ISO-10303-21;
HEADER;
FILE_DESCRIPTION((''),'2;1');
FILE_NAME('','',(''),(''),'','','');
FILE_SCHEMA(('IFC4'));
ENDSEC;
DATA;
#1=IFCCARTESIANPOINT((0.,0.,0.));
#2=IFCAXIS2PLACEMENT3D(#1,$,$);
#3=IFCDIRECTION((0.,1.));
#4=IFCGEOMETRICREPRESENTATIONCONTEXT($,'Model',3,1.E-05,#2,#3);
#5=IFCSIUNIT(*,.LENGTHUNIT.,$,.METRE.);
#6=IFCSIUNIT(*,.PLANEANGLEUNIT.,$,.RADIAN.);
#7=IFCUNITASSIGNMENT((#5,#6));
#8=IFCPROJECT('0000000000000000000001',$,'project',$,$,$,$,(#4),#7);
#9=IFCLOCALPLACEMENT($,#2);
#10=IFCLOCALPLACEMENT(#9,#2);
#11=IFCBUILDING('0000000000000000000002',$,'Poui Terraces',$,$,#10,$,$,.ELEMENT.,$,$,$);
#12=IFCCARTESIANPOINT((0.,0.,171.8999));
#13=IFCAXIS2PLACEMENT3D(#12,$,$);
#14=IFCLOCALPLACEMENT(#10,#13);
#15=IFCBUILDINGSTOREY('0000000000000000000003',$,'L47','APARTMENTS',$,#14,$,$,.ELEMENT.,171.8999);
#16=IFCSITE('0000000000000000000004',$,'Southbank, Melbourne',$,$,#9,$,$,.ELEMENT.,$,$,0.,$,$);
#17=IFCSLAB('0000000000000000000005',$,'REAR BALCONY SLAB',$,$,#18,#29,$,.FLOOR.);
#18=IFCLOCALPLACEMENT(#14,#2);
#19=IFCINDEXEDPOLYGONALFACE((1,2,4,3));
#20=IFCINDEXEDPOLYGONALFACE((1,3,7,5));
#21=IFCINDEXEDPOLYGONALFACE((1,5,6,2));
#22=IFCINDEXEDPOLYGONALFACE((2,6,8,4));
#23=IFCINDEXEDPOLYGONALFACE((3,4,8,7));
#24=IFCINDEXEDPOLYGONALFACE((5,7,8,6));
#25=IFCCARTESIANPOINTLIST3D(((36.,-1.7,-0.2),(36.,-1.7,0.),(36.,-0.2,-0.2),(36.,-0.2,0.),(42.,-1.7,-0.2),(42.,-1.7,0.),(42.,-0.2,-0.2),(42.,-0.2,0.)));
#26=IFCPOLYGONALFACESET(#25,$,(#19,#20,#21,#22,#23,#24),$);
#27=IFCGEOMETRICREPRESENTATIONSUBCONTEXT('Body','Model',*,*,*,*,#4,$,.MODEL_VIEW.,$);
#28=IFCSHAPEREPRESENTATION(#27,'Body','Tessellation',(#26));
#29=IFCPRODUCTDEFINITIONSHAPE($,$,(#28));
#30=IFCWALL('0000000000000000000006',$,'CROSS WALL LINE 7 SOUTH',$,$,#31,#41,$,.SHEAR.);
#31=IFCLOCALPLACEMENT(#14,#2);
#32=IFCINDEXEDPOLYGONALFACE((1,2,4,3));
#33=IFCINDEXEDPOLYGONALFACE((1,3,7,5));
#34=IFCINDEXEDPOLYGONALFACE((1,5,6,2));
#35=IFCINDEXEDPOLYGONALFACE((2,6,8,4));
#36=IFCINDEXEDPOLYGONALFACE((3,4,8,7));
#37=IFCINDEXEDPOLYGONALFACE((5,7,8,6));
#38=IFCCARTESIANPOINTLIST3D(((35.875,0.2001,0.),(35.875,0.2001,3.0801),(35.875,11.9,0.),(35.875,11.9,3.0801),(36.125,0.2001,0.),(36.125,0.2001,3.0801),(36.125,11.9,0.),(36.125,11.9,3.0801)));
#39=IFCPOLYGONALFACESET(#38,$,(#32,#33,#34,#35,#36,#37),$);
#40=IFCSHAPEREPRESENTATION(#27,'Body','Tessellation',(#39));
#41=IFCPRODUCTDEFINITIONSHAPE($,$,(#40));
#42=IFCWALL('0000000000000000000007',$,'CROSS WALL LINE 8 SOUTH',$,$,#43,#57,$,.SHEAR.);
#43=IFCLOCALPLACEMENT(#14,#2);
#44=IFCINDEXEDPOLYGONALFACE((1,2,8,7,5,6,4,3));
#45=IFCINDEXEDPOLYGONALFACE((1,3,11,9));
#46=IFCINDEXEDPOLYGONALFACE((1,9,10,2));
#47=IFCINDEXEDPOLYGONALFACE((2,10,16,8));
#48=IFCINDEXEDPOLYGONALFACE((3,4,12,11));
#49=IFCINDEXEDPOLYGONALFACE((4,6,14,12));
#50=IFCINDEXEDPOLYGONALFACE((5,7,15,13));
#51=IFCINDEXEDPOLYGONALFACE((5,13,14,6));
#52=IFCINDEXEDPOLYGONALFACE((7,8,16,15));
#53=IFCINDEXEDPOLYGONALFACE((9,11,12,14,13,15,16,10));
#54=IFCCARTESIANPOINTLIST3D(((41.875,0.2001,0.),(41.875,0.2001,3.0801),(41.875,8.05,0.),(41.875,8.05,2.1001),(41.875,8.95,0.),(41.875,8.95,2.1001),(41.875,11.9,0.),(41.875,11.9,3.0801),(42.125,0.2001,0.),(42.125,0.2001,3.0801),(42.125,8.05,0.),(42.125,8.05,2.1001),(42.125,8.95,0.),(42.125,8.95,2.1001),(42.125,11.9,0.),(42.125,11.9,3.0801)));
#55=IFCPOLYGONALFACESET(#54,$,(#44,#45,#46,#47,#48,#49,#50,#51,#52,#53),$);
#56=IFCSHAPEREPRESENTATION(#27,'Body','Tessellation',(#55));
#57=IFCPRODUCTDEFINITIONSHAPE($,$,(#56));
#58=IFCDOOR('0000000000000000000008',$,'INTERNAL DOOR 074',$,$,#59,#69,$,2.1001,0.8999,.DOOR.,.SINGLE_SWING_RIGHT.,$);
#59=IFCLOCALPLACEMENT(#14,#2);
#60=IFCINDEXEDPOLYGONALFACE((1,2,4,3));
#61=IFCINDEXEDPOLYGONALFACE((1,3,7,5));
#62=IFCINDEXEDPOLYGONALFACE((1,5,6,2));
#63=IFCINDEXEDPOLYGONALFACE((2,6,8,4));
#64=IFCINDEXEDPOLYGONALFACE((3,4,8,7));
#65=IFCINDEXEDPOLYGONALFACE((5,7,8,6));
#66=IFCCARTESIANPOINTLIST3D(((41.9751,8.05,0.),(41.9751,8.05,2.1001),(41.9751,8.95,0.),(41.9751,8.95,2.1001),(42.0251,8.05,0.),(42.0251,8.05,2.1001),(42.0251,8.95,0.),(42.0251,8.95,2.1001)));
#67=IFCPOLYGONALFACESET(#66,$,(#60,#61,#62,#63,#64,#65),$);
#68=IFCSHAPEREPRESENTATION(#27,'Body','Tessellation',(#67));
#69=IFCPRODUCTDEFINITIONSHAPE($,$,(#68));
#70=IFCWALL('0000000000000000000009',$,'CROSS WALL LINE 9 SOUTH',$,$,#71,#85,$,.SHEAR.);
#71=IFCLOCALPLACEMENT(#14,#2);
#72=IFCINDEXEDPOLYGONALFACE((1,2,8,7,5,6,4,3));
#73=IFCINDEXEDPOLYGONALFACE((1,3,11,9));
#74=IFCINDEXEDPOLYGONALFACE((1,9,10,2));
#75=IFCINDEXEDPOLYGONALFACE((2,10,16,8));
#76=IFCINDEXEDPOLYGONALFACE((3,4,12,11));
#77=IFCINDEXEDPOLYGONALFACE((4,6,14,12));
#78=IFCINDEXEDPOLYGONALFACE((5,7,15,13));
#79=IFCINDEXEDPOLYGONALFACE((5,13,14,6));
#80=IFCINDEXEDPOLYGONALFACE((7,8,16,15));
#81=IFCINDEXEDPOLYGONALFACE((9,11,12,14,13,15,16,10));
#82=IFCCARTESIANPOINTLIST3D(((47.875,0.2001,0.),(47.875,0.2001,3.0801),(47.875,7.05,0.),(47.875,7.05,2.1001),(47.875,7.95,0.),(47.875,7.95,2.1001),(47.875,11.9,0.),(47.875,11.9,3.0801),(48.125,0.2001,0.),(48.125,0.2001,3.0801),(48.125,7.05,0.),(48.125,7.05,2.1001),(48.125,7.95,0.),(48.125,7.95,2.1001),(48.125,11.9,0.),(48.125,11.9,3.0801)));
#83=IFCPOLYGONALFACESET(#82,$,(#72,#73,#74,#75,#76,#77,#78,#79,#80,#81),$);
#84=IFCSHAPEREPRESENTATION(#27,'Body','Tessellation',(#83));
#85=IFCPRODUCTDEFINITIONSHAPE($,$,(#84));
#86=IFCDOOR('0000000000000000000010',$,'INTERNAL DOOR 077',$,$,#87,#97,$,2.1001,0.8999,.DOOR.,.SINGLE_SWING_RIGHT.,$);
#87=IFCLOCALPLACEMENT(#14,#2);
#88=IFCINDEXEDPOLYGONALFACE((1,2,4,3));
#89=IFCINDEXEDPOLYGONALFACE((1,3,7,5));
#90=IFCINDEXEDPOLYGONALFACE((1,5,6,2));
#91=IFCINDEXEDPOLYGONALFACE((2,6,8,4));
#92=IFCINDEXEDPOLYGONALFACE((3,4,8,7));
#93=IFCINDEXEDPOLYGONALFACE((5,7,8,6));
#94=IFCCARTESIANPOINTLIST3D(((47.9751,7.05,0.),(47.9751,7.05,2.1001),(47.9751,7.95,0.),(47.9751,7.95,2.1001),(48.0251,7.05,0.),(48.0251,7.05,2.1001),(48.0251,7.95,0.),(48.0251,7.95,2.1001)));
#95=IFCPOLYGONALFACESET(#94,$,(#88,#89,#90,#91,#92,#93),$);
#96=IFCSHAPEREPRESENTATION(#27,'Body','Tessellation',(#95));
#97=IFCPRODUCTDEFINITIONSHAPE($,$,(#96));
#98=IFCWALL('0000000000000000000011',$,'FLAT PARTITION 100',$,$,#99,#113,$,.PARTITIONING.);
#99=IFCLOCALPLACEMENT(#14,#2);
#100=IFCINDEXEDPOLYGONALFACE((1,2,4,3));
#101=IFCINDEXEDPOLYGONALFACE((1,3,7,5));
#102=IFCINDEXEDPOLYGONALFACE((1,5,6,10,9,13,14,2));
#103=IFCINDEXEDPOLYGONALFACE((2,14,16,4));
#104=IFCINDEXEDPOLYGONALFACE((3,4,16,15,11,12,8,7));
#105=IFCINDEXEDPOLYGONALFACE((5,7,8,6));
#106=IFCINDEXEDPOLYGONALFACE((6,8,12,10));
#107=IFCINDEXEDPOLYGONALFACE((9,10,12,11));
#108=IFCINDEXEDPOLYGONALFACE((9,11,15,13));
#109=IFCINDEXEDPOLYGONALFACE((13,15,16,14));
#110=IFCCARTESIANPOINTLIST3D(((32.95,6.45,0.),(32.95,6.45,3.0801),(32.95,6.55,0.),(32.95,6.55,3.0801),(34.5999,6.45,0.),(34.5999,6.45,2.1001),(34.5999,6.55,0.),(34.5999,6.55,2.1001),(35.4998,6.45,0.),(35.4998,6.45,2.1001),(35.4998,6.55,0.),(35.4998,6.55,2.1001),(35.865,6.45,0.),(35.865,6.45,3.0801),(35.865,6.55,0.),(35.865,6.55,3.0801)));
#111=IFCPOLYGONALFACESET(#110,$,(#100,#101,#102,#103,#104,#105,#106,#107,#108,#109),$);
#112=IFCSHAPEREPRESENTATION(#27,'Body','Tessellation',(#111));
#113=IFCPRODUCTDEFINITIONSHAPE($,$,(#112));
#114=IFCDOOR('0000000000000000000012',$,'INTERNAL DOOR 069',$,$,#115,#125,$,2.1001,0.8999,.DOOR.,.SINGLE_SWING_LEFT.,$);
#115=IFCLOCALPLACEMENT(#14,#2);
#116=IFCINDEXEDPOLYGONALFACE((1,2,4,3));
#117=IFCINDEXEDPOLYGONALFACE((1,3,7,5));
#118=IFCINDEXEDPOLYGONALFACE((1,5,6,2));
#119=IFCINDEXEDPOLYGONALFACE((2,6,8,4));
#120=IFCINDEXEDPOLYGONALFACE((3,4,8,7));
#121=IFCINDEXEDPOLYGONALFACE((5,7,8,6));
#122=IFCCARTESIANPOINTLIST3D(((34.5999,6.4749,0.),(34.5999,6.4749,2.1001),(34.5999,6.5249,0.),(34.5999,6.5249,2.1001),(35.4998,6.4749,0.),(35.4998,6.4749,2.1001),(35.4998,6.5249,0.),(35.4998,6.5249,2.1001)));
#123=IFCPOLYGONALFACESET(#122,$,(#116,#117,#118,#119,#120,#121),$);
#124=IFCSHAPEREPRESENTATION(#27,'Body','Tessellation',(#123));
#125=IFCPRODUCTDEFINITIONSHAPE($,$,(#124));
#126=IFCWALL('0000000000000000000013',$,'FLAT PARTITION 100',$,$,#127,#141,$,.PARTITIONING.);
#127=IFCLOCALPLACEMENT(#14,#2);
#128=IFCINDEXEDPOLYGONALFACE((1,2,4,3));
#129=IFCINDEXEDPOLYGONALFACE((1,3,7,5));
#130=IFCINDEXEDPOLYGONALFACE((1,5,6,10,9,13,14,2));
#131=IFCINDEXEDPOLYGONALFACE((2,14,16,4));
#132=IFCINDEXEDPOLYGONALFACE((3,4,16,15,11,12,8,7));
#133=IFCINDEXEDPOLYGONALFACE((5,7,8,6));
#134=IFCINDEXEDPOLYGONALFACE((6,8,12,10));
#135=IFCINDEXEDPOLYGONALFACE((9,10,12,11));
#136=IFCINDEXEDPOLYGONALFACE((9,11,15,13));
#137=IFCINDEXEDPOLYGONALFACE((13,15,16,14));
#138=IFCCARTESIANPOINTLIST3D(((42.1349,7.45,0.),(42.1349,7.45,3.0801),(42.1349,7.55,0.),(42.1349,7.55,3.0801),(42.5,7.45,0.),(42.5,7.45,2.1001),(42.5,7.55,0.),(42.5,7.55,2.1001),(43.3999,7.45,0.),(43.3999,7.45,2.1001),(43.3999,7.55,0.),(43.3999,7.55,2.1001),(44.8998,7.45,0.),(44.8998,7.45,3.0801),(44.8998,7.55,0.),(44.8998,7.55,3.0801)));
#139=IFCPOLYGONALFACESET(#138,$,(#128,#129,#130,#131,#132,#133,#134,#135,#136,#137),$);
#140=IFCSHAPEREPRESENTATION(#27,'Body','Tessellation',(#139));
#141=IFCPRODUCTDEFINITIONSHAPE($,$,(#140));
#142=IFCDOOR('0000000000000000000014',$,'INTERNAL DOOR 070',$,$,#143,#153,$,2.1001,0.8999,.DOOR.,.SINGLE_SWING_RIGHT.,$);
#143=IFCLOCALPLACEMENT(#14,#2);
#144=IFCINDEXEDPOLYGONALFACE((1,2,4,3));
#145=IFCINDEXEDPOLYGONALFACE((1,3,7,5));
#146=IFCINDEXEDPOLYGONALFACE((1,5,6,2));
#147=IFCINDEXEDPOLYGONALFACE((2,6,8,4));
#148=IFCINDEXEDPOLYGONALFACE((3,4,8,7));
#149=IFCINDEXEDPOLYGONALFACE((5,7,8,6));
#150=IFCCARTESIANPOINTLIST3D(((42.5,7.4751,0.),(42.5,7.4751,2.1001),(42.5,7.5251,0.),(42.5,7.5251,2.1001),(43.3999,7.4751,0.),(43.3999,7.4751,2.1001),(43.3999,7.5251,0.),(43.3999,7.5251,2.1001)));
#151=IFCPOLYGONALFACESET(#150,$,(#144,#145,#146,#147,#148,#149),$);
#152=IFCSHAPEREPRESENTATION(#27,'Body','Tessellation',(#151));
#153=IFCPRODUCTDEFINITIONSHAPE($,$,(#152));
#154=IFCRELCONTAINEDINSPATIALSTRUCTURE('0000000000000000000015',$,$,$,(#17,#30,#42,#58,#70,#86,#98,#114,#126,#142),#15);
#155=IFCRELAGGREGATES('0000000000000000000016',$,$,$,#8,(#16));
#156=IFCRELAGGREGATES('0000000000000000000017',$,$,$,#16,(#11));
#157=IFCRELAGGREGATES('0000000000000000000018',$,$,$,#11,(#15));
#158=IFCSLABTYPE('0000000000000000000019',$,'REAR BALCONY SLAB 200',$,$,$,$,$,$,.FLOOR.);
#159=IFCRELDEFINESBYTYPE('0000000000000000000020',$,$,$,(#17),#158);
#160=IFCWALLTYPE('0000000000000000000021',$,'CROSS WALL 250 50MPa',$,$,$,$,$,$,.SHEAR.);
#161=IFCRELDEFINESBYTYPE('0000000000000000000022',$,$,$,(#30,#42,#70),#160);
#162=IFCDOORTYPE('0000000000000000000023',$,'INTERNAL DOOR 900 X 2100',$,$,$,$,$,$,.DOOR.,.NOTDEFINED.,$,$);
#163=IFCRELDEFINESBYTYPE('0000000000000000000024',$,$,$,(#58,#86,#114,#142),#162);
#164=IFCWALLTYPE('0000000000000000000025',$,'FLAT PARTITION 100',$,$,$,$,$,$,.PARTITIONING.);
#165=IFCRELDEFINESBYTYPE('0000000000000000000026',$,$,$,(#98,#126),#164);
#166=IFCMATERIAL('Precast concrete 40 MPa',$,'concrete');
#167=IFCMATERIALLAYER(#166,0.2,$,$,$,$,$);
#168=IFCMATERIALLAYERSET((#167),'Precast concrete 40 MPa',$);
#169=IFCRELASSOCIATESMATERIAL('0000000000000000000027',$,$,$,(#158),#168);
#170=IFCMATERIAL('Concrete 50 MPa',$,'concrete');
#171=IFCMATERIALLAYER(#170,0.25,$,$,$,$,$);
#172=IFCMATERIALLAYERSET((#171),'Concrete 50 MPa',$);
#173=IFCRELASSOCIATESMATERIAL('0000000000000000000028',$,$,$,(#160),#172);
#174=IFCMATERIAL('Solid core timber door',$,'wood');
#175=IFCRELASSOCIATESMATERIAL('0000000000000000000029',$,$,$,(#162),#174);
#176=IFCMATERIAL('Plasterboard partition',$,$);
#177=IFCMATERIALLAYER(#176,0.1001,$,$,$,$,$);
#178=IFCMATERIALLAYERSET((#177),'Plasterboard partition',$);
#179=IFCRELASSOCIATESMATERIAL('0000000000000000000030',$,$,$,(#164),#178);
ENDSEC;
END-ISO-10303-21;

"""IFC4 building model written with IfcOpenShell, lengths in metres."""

from ifc_helpers import new_model, si_unit, direction, frame, frame_2d, origin, place, context, subcontext, project, spatial, polyline, rectangle, outline, extrude, source, transform, mapped, material, layer, layer_set, type_object, element, fill, save


model = new_model("IFC4")

# Units and contexts
model_context = context("Model", 3, precision=1e-05, world=origin(), true_north=direction((0.0, 1.0)))
body_context = subcontext(model_context, "Body", "Model", "MODEL_VIEW")
ifc_project = project(units=[si_unit("LENGTHUNIT", "METRE"), si_unit("PLANEANGLEUNIT", "RADIAN")], contexts=[model_context])

# Site, building, storey
site_placement = place(None, origin())
site = spatial("IfcSite", under=ifc_project, at=site_placement, Name="Southbank, Melbourne", CompositionType="ELEMENT", RefElevation=0.0)
building_placement = place(site_placement, origin())
building = spatial("IfcBuilding", under=site, at=building_placement, Name="Poui Terraces", CompositionType="ELEMENT")
storey_placement = place(building_placement, frame((0.0, 0.0, 171.8999)))
storey = spatial("IfcBuildingStorey", under=building, at=storey_placement, Name="L47", Description="APARTMENTS", CompositionType="ELEMENT", Elevation=171.8999)

# Slab
ifc_material_1 = material(Name="Precast concrete 40 MPa", Category="concrete")
ifc_layer_1 = layer(ifc_material_1, 0.2)
ifc_layer_set_1 = layer_set([ifc_layer_1], Name="Precast concrete 40 MPa")
slab_type = type_object("IfcSlabType", Name="REAR BALCONY SLAB 200", PredefinedType="FLOOR", material=ifc_layer_set_1)
shared_shape_1 = source(origin(), body_context, "Body", "SweptSolid", [
    extrude(outline(polyline([(0.0, 0.0), (6.0, 0.0), (6.0, 1.5), (0.0, 1.5), (0.0, 0.0)])), origin(), (0.0, 0.0, 1.0), 0.2),
])
slab_placement = place(storey_placement, frame((36.0, -1.7, -0.2)))
element("IfcSlab", 1, at=slab_placement, inside=storey, type_object=slab_type, Name="REAR BALCONY SLAB", PredefinedType="FLOOR", context=body_context, shape_type="MappedRepresentation", body=[
    mapped(shared_shape_1, transform((0.0, 0.0, 0.0))),
])

# Wall
ifc_material_2 = material(Name="Concrete 50 MPa", Category="concrete")
ifc_layer_2 = layer(ifc_material_2, 0.25)
ifc_layer_set_2 = layer_set([ifc_layer_2], Name="Concrete 50 MPa")
wall_type_1 = type_object("IfcWallType", Name="CROSS WALL 250 50MPa", PredefinedType="SHEAR", material=ifc_layer_set_2)
wall_1_placement = place(storey_placement, frame((36.0, 0.2, 0.0), z_axis=(0.0, 0.0, 1.0), x_axis=(0.0, 1.0, 0.0)))
element("IfcWall", 2, at=wall_1_placement, inside=storey, type_object=wall_type_1, Name="CROSS WALL LINE 7 SOUTH", PredefinedType="SHEAR", context=body_context, shape_type="SweptSolid", body=[
    extrude(rectangle(XDim=11.7, YDim=0.25, at=frame_2d((5.8501, 0.0))), origin(), (0.0, 0.0, 1.0), 3.0801),
])

# Walls, openings, doors
wall_2_placement = place(storey_placement, frame((42.0, 0.2, 0.0), z_axis=(0.0, 0.0, 1.0), x_axis=(0.0, 1.0, 0.0)))
wall_2 = element("IfcWall", 3, at=wall_2_placement, inside=storey, type_object=wall_type_1, Name="CROSS WALL LINE 8 SOUTH", PredefinedType="SHEAR", context=body_context, shape_type="SweptSolid", body=[
    extrude(rectangle(XDim=11.7, YDim=0.25, at=frame_2d((5.8501, 0.0))), origin(), (0.0, 0.0, 1.0), 3.0801),
])
opening_1_placement = place(wall_2_placement, frame((7.8501, 0.0, 0.0)))
opening_1 = element("IfcOpeningElement", 4, at=opening_1_placement, cuts=wall_2, PredefinedType="OPENING", context=body_context, shape_type="SweptSolid", body=[
    extrude(rectangle(XDim=0.8999, YDim=2.1001, at=frame_2d((0.45, 1.05))), frame((0.0, 0.135, 0.0), z_axis=(0.0, -1.0, 0.0), x_axis=(1.0, 0.0, 0.0)), (0.0, 0.0, 1.0), 0.27),
])
ifc_material_3 = material(Name="Solid core timber door", Category="wood")
door_type_1 = type_object("IfcDoorType", Name="INTERNAL DOOR 900 X 2100", OperationType="NOTDEFINED", PredefinedType="DOOR", material=ifc_material_3)
door_1_placement = place(opening_1_placement, origin())
door_1 = element("IfcDoor", 5, at=door_1_placement, inside=storey, type_object=door_type_1, Name="INTERNAL DOOR 074", OperationType="SINGLE_SWING_RIGHT", OverallHeight=2.1001, OverallWidth=0.8999, PredefinedType="DOOR", context=body_context, shape_type="SweptSolid", body=[
    extrude(rectangle(XDim=0.8999, YDim=2.1001, at=frame_2d((0.45, 1.05))), frame((0.0, 0.0249, 0.0), z_axis=(0.0, -1.0, 0.0), x_axis=(1.0, 0.0, 0.0)), (0.0, 0.0, 1.0), 0.05),
])
fill(opening_1, door_1)
wall_3_placement = place(storey_placement, frame((48.0, 0.2, 0.0), z_axis=(0.0, 0.0, 1.0), x_axis=(0.0, 1.0, 0.0)))
wall_3 = element("IfcWall", 6, at=wall_3_placement, inside=storey, type_object=wall_type_1, Name="CROSS WALL LINE 9 SOUTH", PredefinedType="SHEAR", context=body_context, shape_type="SweptSolid", body=[
    extrude(rectangle(XDim=11.7, YDim=0.25, at=frame_2d((5.8501, 0.0))), origin(), (0.0, 0.0, 1.0), 3.0801),
])
opening_2_placement = place(wall_3_placement, frame((6.8501, 0.0, 0.0)))
opening_2 = element("IfcOpeningElement", 7, at=opening_2_placement, cuts=wall_3, PredefinedType="OPENING", context=body_context, shape_type="SweptSolid", body=[
    extrude(rectangle(XDim=0.8999, YDim=2.1001, at=frame_2d((0.45, 1.05))), frame((0.0, 0.135, 0.0), z_axis=(0.0, -1.0, 0.0), x_axis=(1.0, 0.0, 0.0)), (0.0, 0.0, 1.0), 0.27),
])
door_2_placement = place(opening_2_placement, origin())
door_2 = element("IfcDoor", 8, at=door_2_placement, inside=storey, type_object=door_type_1, Name="INTERNAL DOOR 077", OperationType="SINGLE_SWING_RIGHT", OverallHeight=2.1001, OverallWidth=0.8999, PredefinedType="DOOR", context=body_context, shape_type="SweptSolid", body=[
    extrude(rectangle(XDim=0.8999, YDim=2.1001, at=frame_2d((0.45, 1.05))), frame((0.0, 0.0249, 0.0), z_axis=(0.0, -1.0, 0.0), x_axis=(1.0, 0.0, 0.0)), (0.0, 0.0, 1.0), 0.05),
])
fill(opening_2, door_2)
ifc_material_4 = material(Name="Plasterboard partition")
ifc_layer_3 = layer(ifc_material_4, 0.1001)
ifc_layer_set_3 = layer_set([ifc_layer_3], Name="Plasterboard partition")
wall_type_2 = type_object("IfcWallType", Name="FLAT PARTITION 100", PredefinedType="PARTITIONING", material=ifc_layer_set_3)
wall_4_placement = place(storey_placement, frame((32.95, 6.5, 0.0), z_axis=(0.0, 0.0, 1.0), x_axis=(1.0, 0.0, 0.0)))
wall_4 = element("IfcWall", 9, at=wall_4_placement, inside=storey, type_object=wall_type_2, Name="FLAT PARTITION 100", PredefinedType="PARTITIONING", context=body_context, shape_type="SweptSolid", body=[
    extrude(rectangle(XDim=2.915, YDim=0.1001, at=frame_2d((1.4575, 0.0))), origin(), (0.0, 0.0, 1.0), 3.0801),
])
opening_3_placement = place(wall_4_placement, frame((1.6499, 0.0, 0.0)))
opening_3 = element("IfcOpeningElement", 10, at=opening_3_placement, cuts=wall_4, PredefinedType="OPENING", context=body_context, shape_type="SweptSolid", body=[
    extrude(rectangle(XDim=0.8999, YDim=2.1001, at=frame_2d((0.45, 1.05))), frame((0.0, 0.0601, 0.0), z_axis=(0.0, -1.0, 0.0), x_axis=(1.0, 0.0, 0.0)), (0.0, 0.0, 1.0), 0.1201),
])
door_3_placement = place(opening_3_placement, origin())
door_3 = element("IfcDoor", 11, at=door_3_placement, inside=storey, type_object=door_type_1, Name="INTERNAL DOOR 069", OperationType="SINGLE_SWING_LEFT", OverallHeight=2.1001, OverallWidth=0.8999, PredefinedType="DOOR", context=body_context, shape_type="SweptSolid", body=[
    extrude(rectangle(XDim=0.8999, YDim=2.1001, at=frame_2d((0.45, 1.05))), frame((0.0, 0.0249, 0.0), z_axis=(0.0, -1.0, 0.0), x_axis=(1.0, 0.0, 0.0)), (0.0, 0.0, 1.0), 0.05),
])
fill(opening_3, door_3)
wall_5_placement = place(storey_placement, frame((42.135, 7.5, 0.0), z_axis=(0.0, 0.0, 1.0), x_axis=(1.0, 0.0, 0.0)))
wall_5 = element("IfcWall", 12, at=wall_5_placement, inside=storey, type_object=wall_type_2, Name="FLAT PARTITION 100", PredefinedType="PARTITIONING", context=body_context, shape_type="SweptSolid", body=[
    extrude(rectangle(XDim=2.7649, YDim=0.1001, at=frame_2d((1.3823, 0.0))), origin(), (0.0, 0.0, 1.0), 3.0801),
])
opening_4_placement = place(wall_5_placement, frame((0.365, 0.0, 0.0)))
opening_4 = element("IfcOpeningElement", 13, at=opening_4_placement, cuts=wall_5, PredefinedType="OPENING", context=body_context, shape_type="SweptSolid", body=[
    extrude(rectangle(XDim=0.8999, YDim=2.1001, at=frame_2d((0.45, 1.05))), frame((0.0, 0.0601, 0.0), z_axis=(0.0, -1.0, 0.0), x_axis=(1.0, 0.0, 0.0)), (0.0, 0.0, 1.0), 0.1201),
])
door_4_placement = place(opening_4_placement, frame((0.8999, 0.0, 0.0), z_axis=(0.0, 0.0, 1.0), x_axis=(-1.0, 0.0, 0.0)))
door_4 = element("IfcDoor", 14, at=door_4_placement, inside=storey, type_object=door_type_1, Name="INTERNAL DOOR 070", OperationType="SINGLE_SWING_RIGHT", OverallHeight=2.1001, OverallWidth=0.8999, PredefinedType="DOOR", context=body_context, shape_type="SweptSolid", body=[
    extrude(rectangle(XDim=0.8999, YDim=2.1001, at=frame_2d((0.45, 1.05))), frame((0.0, 0.0249, 0.0), z_axis=(0.0, -1.0, 0.0), x_axis=(1.0, 0.0, 0.0)), (0.0, 0.0, 1.0), 0.05),
])
fill(opening_4, door_4)

save(model, "model.ifc")
